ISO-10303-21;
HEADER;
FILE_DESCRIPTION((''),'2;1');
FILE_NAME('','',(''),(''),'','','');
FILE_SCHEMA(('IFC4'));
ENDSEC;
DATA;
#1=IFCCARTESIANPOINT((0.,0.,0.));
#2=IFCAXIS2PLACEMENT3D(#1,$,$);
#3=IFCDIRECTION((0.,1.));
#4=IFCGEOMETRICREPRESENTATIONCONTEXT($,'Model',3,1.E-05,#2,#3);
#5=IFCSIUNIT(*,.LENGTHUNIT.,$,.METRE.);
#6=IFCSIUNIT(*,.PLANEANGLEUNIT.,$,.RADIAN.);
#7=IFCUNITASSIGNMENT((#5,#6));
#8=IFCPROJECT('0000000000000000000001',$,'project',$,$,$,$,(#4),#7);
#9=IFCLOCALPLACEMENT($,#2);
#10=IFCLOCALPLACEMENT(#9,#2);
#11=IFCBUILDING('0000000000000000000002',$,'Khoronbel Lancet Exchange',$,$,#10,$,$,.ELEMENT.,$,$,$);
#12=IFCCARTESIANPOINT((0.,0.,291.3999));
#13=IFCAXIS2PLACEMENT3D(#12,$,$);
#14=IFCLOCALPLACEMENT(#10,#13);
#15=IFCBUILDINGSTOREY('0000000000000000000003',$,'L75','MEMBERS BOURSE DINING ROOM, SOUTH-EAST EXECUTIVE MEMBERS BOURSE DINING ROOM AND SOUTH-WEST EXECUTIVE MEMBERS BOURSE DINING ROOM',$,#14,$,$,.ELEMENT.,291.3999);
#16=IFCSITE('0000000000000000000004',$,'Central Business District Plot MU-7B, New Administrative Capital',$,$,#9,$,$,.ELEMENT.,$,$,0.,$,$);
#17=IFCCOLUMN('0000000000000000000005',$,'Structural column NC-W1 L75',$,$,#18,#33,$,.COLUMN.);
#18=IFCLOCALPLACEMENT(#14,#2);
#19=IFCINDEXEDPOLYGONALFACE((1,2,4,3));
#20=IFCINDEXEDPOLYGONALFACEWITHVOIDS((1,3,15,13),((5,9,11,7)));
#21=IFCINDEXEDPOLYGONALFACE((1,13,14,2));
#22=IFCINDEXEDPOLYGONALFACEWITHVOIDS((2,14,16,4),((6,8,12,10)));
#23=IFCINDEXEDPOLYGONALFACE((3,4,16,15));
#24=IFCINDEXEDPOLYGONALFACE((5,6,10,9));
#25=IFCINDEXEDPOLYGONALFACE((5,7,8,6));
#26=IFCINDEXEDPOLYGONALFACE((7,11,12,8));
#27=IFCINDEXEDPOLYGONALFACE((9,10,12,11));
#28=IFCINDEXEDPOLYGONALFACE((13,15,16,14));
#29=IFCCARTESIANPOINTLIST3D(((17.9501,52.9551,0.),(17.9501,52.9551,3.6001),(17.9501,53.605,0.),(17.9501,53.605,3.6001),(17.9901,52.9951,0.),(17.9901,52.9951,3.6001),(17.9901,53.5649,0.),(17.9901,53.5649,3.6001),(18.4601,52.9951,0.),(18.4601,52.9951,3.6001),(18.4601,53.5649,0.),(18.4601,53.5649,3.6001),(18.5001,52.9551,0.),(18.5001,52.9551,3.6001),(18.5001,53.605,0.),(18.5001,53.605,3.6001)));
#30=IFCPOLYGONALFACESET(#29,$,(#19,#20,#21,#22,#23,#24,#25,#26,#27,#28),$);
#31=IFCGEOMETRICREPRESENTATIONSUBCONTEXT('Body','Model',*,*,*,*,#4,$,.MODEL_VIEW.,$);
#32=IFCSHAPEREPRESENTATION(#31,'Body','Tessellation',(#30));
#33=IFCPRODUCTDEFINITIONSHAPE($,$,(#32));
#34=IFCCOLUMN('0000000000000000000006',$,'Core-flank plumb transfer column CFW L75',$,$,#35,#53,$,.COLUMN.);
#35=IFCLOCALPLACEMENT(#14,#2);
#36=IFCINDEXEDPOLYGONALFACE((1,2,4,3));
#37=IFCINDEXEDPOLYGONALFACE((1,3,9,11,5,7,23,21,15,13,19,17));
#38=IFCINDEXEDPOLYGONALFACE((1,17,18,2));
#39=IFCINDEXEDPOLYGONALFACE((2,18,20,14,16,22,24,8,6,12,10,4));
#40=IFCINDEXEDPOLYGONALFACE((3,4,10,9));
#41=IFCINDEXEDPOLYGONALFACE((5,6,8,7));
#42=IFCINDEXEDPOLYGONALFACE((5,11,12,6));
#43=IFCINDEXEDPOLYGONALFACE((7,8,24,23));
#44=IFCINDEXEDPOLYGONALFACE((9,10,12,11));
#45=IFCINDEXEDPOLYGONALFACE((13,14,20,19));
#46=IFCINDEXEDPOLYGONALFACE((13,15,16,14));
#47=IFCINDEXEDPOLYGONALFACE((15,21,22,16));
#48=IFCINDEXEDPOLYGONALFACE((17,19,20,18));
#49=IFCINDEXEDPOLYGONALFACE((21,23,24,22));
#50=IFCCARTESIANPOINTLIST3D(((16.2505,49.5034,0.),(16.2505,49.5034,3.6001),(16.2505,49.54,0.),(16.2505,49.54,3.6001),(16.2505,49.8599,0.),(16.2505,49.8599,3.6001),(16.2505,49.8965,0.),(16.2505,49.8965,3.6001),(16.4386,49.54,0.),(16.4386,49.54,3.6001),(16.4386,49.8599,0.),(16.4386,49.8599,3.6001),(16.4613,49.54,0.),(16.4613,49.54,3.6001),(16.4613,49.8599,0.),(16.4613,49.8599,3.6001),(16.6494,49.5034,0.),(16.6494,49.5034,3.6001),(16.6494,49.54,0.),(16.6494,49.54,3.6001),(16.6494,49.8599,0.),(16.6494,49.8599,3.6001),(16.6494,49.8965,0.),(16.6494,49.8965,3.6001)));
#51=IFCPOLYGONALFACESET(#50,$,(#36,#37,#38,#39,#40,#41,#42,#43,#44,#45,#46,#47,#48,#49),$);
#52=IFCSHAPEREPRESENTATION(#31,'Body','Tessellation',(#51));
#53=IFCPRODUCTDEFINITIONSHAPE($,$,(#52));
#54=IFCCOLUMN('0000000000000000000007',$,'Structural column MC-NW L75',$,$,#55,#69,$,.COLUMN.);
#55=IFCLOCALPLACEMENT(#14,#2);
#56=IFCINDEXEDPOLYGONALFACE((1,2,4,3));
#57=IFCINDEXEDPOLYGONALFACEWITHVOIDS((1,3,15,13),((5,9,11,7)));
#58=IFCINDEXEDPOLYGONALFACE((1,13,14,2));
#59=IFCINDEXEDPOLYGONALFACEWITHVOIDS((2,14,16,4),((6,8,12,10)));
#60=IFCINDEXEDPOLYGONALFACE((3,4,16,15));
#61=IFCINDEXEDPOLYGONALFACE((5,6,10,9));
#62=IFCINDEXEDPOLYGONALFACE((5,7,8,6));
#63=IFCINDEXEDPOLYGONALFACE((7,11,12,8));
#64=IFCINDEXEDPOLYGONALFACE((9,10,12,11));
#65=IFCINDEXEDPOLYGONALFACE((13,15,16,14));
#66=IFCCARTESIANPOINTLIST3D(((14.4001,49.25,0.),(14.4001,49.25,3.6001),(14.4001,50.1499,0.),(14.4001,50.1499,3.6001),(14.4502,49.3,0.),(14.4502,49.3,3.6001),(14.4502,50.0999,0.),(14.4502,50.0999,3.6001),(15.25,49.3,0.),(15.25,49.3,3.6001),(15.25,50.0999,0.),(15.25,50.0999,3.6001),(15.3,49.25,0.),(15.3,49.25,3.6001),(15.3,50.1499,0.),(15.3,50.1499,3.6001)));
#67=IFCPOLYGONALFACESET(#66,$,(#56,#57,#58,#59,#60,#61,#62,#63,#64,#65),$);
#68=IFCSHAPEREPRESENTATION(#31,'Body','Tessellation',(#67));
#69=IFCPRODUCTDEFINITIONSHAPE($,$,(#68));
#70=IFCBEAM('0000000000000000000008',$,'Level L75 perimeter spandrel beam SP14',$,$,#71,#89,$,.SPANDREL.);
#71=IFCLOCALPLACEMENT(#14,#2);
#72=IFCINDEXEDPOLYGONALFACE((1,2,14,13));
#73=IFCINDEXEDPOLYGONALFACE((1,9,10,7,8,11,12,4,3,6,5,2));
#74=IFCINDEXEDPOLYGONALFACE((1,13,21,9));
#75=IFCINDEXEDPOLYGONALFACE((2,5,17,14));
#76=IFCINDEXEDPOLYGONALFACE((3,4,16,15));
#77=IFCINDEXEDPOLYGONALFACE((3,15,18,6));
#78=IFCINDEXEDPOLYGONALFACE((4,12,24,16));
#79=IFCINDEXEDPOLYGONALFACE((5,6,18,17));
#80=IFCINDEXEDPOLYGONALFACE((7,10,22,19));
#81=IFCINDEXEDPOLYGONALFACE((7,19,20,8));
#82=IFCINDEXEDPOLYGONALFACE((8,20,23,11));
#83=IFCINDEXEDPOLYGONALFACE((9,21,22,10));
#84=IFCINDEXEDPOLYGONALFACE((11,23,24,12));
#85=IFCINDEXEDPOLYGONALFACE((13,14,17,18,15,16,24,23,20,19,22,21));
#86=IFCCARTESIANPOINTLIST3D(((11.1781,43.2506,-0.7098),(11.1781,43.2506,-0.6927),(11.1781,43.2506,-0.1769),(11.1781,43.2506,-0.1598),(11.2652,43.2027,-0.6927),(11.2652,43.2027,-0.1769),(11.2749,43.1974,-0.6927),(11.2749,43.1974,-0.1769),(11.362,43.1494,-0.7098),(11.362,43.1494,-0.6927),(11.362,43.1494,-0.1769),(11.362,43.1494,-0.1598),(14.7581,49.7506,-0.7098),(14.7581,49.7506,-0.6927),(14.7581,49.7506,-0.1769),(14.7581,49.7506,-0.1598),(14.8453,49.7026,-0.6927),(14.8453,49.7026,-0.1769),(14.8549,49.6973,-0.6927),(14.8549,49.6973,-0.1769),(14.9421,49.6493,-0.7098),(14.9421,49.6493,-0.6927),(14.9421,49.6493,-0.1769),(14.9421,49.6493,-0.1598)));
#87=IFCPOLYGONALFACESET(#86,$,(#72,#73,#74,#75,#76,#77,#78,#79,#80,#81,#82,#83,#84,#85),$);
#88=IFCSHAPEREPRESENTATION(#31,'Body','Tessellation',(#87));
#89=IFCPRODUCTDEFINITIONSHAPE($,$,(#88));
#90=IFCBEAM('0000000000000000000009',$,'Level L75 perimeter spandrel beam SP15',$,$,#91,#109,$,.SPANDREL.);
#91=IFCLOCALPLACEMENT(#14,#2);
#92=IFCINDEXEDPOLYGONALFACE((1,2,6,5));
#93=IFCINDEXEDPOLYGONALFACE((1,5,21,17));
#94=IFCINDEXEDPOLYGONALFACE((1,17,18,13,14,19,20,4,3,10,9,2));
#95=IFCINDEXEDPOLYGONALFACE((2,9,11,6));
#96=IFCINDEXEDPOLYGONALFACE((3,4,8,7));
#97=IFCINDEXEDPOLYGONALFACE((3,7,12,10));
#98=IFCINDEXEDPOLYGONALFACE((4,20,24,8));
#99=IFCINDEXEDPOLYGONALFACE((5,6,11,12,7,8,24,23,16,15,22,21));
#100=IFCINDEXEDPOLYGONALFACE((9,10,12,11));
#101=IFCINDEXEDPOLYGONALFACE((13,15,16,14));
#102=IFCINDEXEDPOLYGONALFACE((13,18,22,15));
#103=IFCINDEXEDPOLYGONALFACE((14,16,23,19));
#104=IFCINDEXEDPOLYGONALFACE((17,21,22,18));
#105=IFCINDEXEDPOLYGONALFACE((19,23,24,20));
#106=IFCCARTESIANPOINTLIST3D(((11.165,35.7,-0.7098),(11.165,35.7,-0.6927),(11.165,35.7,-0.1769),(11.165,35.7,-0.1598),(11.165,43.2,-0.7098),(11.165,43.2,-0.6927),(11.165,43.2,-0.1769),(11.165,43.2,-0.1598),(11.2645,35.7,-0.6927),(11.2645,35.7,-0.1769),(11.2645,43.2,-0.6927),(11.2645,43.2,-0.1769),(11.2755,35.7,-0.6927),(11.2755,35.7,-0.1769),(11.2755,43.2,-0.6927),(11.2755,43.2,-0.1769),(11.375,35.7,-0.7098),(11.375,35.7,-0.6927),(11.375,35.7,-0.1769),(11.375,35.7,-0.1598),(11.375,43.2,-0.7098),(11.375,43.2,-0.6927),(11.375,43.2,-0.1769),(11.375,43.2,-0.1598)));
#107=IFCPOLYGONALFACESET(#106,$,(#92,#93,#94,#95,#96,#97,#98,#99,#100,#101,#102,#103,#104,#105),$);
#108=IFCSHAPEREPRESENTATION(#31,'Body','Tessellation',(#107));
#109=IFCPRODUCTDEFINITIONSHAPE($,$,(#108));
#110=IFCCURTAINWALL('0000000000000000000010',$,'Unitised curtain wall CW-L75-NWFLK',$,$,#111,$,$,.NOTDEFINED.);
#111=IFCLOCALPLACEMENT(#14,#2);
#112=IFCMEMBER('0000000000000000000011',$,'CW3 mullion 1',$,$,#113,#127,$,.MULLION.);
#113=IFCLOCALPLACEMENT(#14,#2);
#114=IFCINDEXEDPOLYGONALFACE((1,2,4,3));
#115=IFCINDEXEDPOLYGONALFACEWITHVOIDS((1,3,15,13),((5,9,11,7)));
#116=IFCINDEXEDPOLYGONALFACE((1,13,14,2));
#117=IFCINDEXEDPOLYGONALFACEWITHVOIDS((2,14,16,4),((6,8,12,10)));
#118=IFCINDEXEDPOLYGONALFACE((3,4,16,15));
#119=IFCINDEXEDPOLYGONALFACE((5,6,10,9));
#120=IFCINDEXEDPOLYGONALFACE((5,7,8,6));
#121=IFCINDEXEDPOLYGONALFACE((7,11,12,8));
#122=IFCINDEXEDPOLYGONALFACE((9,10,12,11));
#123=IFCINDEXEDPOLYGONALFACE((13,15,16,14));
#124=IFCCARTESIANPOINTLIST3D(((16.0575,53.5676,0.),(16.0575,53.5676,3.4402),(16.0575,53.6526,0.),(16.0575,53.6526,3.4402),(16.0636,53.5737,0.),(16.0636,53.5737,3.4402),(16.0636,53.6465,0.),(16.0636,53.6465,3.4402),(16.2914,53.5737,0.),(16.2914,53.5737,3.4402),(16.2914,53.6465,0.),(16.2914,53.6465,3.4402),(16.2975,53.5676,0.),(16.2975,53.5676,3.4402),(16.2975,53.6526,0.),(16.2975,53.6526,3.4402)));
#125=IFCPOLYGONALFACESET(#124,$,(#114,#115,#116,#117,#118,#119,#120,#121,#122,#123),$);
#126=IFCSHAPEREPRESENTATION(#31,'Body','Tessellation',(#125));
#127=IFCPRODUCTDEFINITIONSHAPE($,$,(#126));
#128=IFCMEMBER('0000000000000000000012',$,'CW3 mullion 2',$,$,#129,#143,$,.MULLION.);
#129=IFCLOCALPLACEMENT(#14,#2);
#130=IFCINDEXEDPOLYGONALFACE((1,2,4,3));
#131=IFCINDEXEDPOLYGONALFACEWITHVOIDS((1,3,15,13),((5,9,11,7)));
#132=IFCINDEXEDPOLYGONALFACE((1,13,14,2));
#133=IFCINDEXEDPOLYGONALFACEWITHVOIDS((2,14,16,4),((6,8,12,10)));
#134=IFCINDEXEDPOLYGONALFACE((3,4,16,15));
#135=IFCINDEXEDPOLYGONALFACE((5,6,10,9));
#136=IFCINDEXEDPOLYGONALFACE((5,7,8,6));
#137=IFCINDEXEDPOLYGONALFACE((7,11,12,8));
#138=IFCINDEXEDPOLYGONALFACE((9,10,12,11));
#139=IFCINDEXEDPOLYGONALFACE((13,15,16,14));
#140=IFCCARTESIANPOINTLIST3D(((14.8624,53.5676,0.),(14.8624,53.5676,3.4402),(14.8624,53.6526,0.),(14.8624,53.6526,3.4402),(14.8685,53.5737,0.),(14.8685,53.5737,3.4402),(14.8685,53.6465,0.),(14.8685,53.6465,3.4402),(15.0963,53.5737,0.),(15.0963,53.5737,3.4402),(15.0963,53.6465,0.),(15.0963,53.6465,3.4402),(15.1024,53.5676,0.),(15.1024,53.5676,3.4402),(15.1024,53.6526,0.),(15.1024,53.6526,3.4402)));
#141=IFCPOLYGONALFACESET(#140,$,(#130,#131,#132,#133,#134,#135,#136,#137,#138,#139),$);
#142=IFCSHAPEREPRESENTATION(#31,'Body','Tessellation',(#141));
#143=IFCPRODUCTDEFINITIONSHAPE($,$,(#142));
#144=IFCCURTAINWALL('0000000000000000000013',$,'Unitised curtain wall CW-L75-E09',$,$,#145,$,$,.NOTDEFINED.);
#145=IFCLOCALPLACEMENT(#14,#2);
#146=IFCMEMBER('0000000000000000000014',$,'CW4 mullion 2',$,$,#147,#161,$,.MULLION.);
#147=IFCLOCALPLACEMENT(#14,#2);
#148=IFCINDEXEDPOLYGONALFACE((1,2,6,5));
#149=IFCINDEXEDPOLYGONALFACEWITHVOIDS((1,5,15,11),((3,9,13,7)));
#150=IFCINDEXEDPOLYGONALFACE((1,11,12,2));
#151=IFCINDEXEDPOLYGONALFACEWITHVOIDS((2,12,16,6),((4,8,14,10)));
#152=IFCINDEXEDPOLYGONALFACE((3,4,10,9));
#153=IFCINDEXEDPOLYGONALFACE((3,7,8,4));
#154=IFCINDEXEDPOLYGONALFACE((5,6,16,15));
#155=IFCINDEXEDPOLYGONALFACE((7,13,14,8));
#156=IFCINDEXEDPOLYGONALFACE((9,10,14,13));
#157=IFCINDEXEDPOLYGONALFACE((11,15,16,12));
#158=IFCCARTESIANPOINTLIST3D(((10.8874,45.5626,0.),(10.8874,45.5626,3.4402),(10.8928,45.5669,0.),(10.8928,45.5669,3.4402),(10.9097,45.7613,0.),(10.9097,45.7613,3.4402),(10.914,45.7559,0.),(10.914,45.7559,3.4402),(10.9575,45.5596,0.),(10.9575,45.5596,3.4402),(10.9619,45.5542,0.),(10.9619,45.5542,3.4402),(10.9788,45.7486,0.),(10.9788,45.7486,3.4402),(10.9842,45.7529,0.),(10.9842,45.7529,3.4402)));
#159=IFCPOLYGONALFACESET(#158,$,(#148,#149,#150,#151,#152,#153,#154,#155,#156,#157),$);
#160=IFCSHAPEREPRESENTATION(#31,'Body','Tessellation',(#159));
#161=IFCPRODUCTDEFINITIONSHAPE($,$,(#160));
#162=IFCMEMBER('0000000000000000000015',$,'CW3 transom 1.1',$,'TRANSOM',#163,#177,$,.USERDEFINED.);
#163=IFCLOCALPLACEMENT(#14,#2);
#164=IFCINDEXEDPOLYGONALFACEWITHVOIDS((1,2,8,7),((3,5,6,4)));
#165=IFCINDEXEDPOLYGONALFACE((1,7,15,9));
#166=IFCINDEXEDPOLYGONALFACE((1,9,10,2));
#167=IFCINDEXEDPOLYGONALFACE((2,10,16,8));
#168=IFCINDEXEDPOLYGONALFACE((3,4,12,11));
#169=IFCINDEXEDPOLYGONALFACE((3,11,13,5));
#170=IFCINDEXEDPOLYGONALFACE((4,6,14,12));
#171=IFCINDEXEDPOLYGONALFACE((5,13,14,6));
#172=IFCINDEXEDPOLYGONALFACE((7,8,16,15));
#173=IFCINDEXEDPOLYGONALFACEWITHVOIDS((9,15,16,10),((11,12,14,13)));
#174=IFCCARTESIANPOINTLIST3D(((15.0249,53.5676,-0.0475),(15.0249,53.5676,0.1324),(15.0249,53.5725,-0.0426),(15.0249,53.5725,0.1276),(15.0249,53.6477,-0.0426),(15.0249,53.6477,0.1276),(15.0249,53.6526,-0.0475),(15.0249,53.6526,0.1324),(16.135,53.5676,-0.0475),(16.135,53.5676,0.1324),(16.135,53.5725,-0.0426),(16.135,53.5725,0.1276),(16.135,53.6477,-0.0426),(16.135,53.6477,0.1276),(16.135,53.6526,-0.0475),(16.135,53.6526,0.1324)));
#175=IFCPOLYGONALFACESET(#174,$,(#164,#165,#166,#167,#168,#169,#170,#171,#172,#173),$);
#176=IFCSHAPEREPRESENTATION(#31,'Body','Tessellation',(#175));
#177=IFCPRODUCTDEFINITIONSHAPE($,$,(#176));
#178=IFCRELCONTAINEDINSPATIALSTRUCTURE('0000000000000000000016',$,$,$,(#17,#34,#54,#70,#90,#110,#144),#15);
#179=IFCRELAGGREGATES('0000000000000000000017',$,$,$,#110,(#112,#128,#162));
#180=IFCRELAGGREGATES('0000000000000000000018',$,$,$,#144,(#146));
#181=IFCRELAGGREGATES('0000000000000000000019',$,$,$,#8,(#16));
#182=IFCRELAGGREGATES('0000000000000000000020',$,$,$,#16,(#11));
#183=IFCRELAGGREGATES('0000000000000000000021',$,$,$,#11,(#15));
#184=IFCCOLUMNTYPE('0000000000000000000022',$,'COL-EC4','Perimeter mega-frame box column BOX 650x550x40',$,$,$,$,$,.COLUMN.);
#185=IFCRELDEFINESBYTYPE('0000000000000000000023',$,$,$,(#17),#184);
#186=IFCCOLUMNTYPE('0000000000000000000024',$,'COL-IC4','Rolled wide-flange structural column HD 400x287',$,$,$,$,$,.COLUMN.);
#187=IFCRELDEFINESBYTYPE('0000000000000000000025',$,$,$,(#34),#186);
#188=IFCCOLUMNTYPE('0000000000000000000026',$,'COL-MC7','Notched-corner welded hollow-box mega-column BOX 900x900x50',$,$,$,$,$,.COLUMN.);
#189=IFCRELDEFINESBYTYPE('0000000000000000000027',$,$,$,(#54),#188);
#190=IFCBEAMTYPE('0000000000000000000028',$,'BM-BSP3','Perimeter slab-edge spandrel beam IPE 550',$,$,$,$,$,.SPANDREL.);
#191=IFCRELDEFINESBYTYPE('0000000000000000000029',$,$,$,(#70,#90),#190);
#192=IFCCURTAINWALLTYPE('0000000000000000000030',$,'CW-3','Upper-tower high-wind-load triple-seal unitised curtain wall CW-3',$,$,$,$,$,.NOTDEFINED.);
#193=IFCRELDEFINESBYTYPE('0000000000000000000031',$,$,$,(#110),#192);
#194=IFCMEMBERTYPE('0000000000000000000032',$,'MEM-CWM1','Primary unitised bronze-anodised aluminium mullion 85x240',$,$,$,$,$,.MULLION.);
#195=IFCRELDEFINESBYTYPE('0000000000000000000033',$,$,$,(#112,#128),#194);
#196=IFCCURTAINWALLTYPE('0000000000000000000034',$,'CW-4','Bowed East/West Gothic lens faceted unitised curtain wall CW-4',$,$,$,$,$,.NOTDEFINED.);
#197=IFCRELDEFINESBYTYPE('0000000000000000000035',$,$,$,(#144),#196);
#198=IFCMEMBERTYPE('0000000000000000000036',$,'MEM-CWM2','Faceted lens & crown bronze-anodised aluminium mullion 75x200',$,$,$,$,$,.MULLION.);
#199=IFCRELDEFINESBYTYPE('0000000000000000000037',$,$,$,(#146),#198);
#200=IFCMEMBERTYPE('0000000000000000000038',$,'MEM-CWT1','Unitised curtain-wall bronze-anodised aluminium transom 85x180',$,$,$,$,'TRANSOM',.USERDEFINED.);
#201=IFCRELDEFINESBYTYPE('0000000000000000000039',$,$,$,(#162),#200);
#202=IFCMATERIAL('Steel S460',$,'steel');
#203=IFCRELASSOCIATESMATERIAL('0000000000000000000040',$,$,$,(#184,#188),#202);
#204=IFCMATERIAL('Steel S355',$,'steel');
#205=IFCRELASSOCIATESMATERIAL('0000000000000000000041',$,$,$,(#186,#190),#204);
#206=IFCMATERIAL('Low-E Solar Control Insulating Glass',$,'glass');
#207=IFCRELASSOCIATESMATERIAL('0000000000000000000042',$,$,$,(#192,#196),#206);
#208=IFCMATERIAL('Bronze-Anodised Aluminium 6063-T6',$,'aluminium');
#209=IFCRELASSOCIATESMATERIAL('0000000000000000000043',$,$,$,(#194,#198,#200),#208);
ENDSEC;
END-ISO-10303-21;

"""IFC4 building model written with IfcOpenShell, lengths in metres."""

from ifc_helpers import new_model, si_unit, direction, frame, origin, origin_2d, place, context, subcontext, project, spatial, hollow_rectangle, i_section, extrude, material, material_profile, profile_set, type_object, element, aggregate, save


model = new_model("IFC4")

# Units and contexts
model_context = context("Model", 3, precision=1e-05, world=origin(), true_north=direction((0.0, 1.0)))
body_context = subcontext(model_context, "Body", "Model", "MODEL_VIEW")
ifc_project = project(units=[si_unit("LENGTHUNIT", "METRE"), si_unit("PLANEANGLEUNIT", "RADIAN")], contexts=[model_context])

# Site, building, storey
site_placement = place(None, origin())
site = spatial("IfcSite", under=ifc_project, at=site_placement, Name="Central Business District Plot MU-7B, New Administrative Capital", CompositionType="ELEMENT", RefElevation=0.0)
building_placement = place(site_placement, origin())
building = spatial("IfcBuilding", under=site, at=building_placement, Name="Khoronbel Lancet Exchange", CompositionType="ELEMENT")
storey_placement = place(building_placement, frame((0.0, 0.0, 291.3999)))
storey = spatial("IfcBuildingStorey", under=building, at=storey_placement, Name="L75", Description="MEMBERS BOURSE DINING ROOM, SOUTH-EAST EXECUTIVE MEMBERS BOURSE DINING ROOM AND SOUTH-WEST EXECUTIVE MEMBERS BOURSE DINING ROOM", CompositionType="ELEMENT", Elevation=291.3999)

# Columns
ifc_material_1 = material(Name="Steel S460", Category="steel")
ifc_material_profile_1 = material_profile(ifc_material_1, hollow_rectangle(XDim=0.55, YDim=0.6499, WallThickness=0.04, at=origin_2d()), Name="BOX 650x550x40")
ifc_profile_set_1 = profile_set([ifc_material_profile_1], Name="Steel S460")
column_type_1 = type_object("IfcColumnType", Name="COL-EC4", Description="Perimeter mega-frame box column BOX 650x550x40", PredefinedType="COLUMN", material=ifc_profile_set_1)
column_1_placement = place(storey_placement, frame((18.2251, 53.28, 0.0), z_axis=(0.0, 0.0, 1.0), x_axis=(1.0, 0.0, 0.0)))
element("IfcColumn", 1, at=column_1_placement, inside=storey, type_object=column_type_1, Name="Structural column NC-W1 L75", PredefinedType="COLUMN", context=body_context, shape_type="SweptSolid", body=[
    extrude(hollow_rectangle(XDim=0.55, YDim=0.6499, WallThickness=0.04, at=origin_2d()), origin(), (0.0, 0.0, 1.0), 3.6001),
])
ifc_material_2 = material(Name="Steel S355", Category="steel")
ifc_material_profile_2 = material_profile(ifc_material_2, i_section(OverallWidth=0.3989, OverallDepth=0.3931, WebThickness=0.0227, FlangeThickness=0.0366, at=origin_2d()), Name="HD 400x287")
ifc_profile_set_2 = profile_set([ifc_material_profile_2], Name="Steel S355")
column_type_2 = type_object("IfcColumnType", Name="COL-IC4", Description="Rolled wide-flange structural column HD 400x287", PredefinedType="COLUMN", material=ifc_profile_set_2)
column_2_placement = place(storey_placement, frame((16.45, 49.7, 0.0), z_axis=(0.0, 0.0, 1.0), x_axis=(1.0, 0.0, 0.0)))
element("IfcColumn", 2, at=column_2_placement, inside=storey, type_object=column_type_2, Name="Core-flank plumb transfer column CFW L75", PredefinedType="COLUMN", context=body_context, shape_type="SweptSolid", body=[
    extrude(i_section(OverallWidth=0.3989, OverallDepth=0.3931, WebThickness=0.0227, FlangeThickness=0.0366, at=origin_2d()), origin(), (0.0, 0.0, 1.0), 3.6001),
])
ifc_material_profile_3 = material_profile(ifc_material_1, hollow_rectangle(XDim=0.8999, YDim=0.8999, WallThickness=0.05, at=origin_2d()), Name="BOX 900x900x50")
ifc_profile_set_3 = profile_set([ifc_material_profile_3], Name="Steel S460")
column_type_3 = type_object("IfcColumnType", Name="COL-MC7", Description="Notched-corner welded hollow-box mega-column BOX 900x900x50", PredefinedType="COLUMN", material=ifc_profile_set_3)
column_3_placement = place(storey_placement, frame((14.8501, 49.7, 0.0), z_axis=(0.0, 0.0, 1.0), x_axis=(1.0, 0.0, 0.0)))
element("IfcColumn", 3, at=column_3_placement, inside=storey, type_object=column_type_3, Name="Structural column MC-NW L75", PredefinedType="COLUMN", context=body_context, shape_type="SweptSolid", body=[
    extrude(hollow_rectangle(XDim=0.8999, YDim=0.8999, WallThickness=0.05, at=origin_2d()), origin(), (0.0, 0.0, 1.0), 3.6001),
])

# Beams
ifc_material_profile_4 = material_profile(ifc_material_2, i_section(OverallWidth=0.21, OverallDepth=0.55, WebThickness=0.011, FlangeThickness=0.0171, at=origin_2d()), Name="IPE 550")
ifc_profile_set_4 = profile_set([ifc_material_profile_4], Name="Steel S355")
beam_type = type_object("IfcBeamType", Name="BM-BSP3", Description="Perimeter slab-edge spandrel beam IPE 550", PredefinedType="SPANDREL", material=ifc_profile_set_4)
beam_1_placement = place(storey_placement, frame((14.8501, 49.7, -0.4348), z_axis=(-0.482444, -0.875927, 0.0), x_axis=(0.875927, -0.482444, 0.0)))
element("IfcBeam", 4, at=beam_1_placement, inside=storey, type_object=beam_type, Name="Level L75 perimeter spandrel beam SP14", PredefinedType="SPANDREL", context=body_context, shape_type="SweptSolid", body=[
    extrude(i_section(OverallWidth=0.21, OverallDepth=0.55, WebThickness=0.011, FlangeThickness=0.0171, at=origin_2d()), origin(), (0.0, 0.0, 1.0), 7.4207),
])
beam_2_placement = place(storey_placement, frame((11.27, 43.2, -0.4348), z_axis=(0.0, -1.0, 0.0), x_axis=(1.0, 0.0, 0.0)))
element("IfcBeam", 5, at=beam_2_placement, inside=storey, type_object=beam_type, Name="Level L75 perimeter spandrel beam SP15", PredefinedType="SPANDREL", context=body_context, shape_type="SweptSolid", body=[
    extrude(i_section(OverallWidth=0.21, OverallDepth=0.55, WebThickness=0.011, FlangeThickness=0.0171, at=origin_2d()), origin(), (0.0, 0.0, 1.0), 7.5),
])

# Curtain wall, members
ifc_material_3 = material(Name="Low-E Solar Control Insulating Glass", Category="glass")
curtain_wall_type_1 = type_object("IfcCurtainWallType", Name="CW-3", Description="Upper-tower high-wind-load triple-seal unitised curtain wall CW-3", PredefinedType="NOTDEFINED", material=ifc_material_3)
curtain_wall_1_placement = place(storey_placement, origin())
curtain_wall_1 = element("IfcCurtainWall", 6, at=curtain_wall_1_placement, inside=storey, type_object=curtain_wall_type_1, Name="Unitised curtain wall CW-L75-NWFLK", PredefinedType="NOTDEFINED")
ifc_material_4 = material(Name="Bronze-Anodised Aluminium 6063-T6", Category="aluminium")
ifc_material_profile_5 = material_profile(ifc_material_4, hollow_rectangle(XDim=0.085, YDim=0.24, WallThickness=0.0061, at=origin_2d()), Name="ALU MULLION 85x240")
ifc_profile_set_5 = profile_set([ifc_material_profile_5], Name="Bronze-Anodised Aluminium 6063-T6")
member_type_1 = type_object("IfcMemberType", Name="MEM-CWM1", Description="Primary unitised bronze-anodised aluminium mullion 85x240", PredefinedType="MULLION", material=ifc_profile_set_5)
member_1_placement = place(storey_placement, frame((16.1775, 53.6101, 0.0), z_axis=(0.0, 0.0, 1.0), x_axis=(0.0, -1.0, 0.0)))
member_1 = element("IfcMember", 7, at=member_1_placement, type_object=member_type_1, Name="CW3 mullion 1", PredefinedType="MULLION", context=body_context, shape_type="SweptSolid", body=[
    extrude(hollow_rectangle(XDim=0.085, YDim=0.24, WallThickness=0.0061, at=origin_2d()), origin(), (0.0, 0.0, 1.0), 3.4402),
])
member_2_placement = place(storey_placement, frame((14.9824, 53.6101, 0.0), z_axis=(0.0, 0.0, 1.0), x_axis=(0.0, -1.0, 0.0)))
member_2 = element("IfcMember", 8, at=member_2_placement, type_object=member_type_1, Name="CW3 mullion 2", PredefinedType="MULLION", context=body_context, shape_type="SweptSolid", body=[
    extrude(hollow_rectangle(XDim=0.085, YDim=0.24, WallThickness=0.0061, at=origin_2d()), origin(), (0.0, 0.0, 1.0), 3.4402),
])

# Curtain wall, member
curtain_wall_type_2 = type_object("IfcCurtainWallType", Name="CW-4", Description="Bowed East/West Gothic lens faceted unitised curtain wall CW-4", PredefinedType="NOTDEFINED", material=ifc_material_3)
curtain_wall_2_placement = place(storey_placement, origin())
curtain_wall_2 = element("IfcCurtainWall", 9, at=curtain_wall_2_placement, inside=storey, type_object=curtain_wall_type_2, Name="Unitised curtain wall CW-L75-E09", PredefinedType="NOTDEFINED")
ifc_material_profile_6 = material_profile(ifc_material_4, hollow_rectangle(XDim=0.075, YDim=0.2, WallThickness=0.0049, at=origin_2d()), Name="ALU MULLION 75x200")
ifc_profile_set_6 = profile_set([ifc_material_profile_6], Name="Bronze-Anodised Aluminium 6063-T6")
member_type_2 = type_object("IfcMemberType", Name="MEM-CWM2", Description="Faceted lens & crown bronze-anodised aluminium mullion 75x200", PredefinedType="MULLION", material=ifc_profile_set_6)
member_3_placement = place(storey_placement, frame((10.9358, 45.6577, 0.0), z_axis=(0.0, 0.0, 1.0), x_axis=(-0.993732, 0.111791, 0.0)))
member_3 = element("IfcMember", 10, at=member_3_placement, type_object=member_type_2, Name="CW4 mullion 2", PredefinedType="MULLION", context=body_context, shape_type="SweptSolid", body=[
    extrude(hollow_rectangle(XDim=0.075, YDim=0.2, WallThickness=0.0049, at=origin_2d()), origin(), (0.0, 0.0, 1.0), 3.4402),
])

# Member
ifc_material_profile_7 = material_profile(ifc_material_4, hollow_rectangle(XDim=0.085, YDim=0.1799, WallThickness=0.0049, at=origin_2d()), Name="ALU TRANSOM 85x180")
ifc_profile_set_7 = profile_set([ifc_material_profile_7], Name="Bronze-Anodised Aluminium 6063-T6")
member_type_3 = type_object("IfcMemberType", Name="MEM-CWT1", Description="Unitised curtain-wall bronze-anodised aluminium transom 85x180", ElementType="TRANSOM", PredefinedType="USERDEFINED", material=ifc_profile_set_7)
member_4_placement = place(storey_placement, frame((16.135, 53.6101, 0.0425), z_axis=(-1.0, 0.0, 0.0), x_axis=(0.0, -1.0, 0.0)))
member_4 = element("IfcMember", 11, at=member_4_placement, type_object=member_type_3, Name="CW3 transom 1.1", ObjectType="TRANSOM", PredefinedType="USERDEFINED", context=body_context, shape_type="SweptSolid", body=[
    extrude(hollow_rectangle(XDim=0.085, YDim=0.1799, WallThickness=0.0049, at=origin_2d()), origin(), (0.0, 0.0, 1.0), 1.1101),
])

aggregate(curtain_wall_1, [member_1, member_2, member_4])
aggregate(curtain_wall_2, [member_3])

save(model, "model.ifc")
